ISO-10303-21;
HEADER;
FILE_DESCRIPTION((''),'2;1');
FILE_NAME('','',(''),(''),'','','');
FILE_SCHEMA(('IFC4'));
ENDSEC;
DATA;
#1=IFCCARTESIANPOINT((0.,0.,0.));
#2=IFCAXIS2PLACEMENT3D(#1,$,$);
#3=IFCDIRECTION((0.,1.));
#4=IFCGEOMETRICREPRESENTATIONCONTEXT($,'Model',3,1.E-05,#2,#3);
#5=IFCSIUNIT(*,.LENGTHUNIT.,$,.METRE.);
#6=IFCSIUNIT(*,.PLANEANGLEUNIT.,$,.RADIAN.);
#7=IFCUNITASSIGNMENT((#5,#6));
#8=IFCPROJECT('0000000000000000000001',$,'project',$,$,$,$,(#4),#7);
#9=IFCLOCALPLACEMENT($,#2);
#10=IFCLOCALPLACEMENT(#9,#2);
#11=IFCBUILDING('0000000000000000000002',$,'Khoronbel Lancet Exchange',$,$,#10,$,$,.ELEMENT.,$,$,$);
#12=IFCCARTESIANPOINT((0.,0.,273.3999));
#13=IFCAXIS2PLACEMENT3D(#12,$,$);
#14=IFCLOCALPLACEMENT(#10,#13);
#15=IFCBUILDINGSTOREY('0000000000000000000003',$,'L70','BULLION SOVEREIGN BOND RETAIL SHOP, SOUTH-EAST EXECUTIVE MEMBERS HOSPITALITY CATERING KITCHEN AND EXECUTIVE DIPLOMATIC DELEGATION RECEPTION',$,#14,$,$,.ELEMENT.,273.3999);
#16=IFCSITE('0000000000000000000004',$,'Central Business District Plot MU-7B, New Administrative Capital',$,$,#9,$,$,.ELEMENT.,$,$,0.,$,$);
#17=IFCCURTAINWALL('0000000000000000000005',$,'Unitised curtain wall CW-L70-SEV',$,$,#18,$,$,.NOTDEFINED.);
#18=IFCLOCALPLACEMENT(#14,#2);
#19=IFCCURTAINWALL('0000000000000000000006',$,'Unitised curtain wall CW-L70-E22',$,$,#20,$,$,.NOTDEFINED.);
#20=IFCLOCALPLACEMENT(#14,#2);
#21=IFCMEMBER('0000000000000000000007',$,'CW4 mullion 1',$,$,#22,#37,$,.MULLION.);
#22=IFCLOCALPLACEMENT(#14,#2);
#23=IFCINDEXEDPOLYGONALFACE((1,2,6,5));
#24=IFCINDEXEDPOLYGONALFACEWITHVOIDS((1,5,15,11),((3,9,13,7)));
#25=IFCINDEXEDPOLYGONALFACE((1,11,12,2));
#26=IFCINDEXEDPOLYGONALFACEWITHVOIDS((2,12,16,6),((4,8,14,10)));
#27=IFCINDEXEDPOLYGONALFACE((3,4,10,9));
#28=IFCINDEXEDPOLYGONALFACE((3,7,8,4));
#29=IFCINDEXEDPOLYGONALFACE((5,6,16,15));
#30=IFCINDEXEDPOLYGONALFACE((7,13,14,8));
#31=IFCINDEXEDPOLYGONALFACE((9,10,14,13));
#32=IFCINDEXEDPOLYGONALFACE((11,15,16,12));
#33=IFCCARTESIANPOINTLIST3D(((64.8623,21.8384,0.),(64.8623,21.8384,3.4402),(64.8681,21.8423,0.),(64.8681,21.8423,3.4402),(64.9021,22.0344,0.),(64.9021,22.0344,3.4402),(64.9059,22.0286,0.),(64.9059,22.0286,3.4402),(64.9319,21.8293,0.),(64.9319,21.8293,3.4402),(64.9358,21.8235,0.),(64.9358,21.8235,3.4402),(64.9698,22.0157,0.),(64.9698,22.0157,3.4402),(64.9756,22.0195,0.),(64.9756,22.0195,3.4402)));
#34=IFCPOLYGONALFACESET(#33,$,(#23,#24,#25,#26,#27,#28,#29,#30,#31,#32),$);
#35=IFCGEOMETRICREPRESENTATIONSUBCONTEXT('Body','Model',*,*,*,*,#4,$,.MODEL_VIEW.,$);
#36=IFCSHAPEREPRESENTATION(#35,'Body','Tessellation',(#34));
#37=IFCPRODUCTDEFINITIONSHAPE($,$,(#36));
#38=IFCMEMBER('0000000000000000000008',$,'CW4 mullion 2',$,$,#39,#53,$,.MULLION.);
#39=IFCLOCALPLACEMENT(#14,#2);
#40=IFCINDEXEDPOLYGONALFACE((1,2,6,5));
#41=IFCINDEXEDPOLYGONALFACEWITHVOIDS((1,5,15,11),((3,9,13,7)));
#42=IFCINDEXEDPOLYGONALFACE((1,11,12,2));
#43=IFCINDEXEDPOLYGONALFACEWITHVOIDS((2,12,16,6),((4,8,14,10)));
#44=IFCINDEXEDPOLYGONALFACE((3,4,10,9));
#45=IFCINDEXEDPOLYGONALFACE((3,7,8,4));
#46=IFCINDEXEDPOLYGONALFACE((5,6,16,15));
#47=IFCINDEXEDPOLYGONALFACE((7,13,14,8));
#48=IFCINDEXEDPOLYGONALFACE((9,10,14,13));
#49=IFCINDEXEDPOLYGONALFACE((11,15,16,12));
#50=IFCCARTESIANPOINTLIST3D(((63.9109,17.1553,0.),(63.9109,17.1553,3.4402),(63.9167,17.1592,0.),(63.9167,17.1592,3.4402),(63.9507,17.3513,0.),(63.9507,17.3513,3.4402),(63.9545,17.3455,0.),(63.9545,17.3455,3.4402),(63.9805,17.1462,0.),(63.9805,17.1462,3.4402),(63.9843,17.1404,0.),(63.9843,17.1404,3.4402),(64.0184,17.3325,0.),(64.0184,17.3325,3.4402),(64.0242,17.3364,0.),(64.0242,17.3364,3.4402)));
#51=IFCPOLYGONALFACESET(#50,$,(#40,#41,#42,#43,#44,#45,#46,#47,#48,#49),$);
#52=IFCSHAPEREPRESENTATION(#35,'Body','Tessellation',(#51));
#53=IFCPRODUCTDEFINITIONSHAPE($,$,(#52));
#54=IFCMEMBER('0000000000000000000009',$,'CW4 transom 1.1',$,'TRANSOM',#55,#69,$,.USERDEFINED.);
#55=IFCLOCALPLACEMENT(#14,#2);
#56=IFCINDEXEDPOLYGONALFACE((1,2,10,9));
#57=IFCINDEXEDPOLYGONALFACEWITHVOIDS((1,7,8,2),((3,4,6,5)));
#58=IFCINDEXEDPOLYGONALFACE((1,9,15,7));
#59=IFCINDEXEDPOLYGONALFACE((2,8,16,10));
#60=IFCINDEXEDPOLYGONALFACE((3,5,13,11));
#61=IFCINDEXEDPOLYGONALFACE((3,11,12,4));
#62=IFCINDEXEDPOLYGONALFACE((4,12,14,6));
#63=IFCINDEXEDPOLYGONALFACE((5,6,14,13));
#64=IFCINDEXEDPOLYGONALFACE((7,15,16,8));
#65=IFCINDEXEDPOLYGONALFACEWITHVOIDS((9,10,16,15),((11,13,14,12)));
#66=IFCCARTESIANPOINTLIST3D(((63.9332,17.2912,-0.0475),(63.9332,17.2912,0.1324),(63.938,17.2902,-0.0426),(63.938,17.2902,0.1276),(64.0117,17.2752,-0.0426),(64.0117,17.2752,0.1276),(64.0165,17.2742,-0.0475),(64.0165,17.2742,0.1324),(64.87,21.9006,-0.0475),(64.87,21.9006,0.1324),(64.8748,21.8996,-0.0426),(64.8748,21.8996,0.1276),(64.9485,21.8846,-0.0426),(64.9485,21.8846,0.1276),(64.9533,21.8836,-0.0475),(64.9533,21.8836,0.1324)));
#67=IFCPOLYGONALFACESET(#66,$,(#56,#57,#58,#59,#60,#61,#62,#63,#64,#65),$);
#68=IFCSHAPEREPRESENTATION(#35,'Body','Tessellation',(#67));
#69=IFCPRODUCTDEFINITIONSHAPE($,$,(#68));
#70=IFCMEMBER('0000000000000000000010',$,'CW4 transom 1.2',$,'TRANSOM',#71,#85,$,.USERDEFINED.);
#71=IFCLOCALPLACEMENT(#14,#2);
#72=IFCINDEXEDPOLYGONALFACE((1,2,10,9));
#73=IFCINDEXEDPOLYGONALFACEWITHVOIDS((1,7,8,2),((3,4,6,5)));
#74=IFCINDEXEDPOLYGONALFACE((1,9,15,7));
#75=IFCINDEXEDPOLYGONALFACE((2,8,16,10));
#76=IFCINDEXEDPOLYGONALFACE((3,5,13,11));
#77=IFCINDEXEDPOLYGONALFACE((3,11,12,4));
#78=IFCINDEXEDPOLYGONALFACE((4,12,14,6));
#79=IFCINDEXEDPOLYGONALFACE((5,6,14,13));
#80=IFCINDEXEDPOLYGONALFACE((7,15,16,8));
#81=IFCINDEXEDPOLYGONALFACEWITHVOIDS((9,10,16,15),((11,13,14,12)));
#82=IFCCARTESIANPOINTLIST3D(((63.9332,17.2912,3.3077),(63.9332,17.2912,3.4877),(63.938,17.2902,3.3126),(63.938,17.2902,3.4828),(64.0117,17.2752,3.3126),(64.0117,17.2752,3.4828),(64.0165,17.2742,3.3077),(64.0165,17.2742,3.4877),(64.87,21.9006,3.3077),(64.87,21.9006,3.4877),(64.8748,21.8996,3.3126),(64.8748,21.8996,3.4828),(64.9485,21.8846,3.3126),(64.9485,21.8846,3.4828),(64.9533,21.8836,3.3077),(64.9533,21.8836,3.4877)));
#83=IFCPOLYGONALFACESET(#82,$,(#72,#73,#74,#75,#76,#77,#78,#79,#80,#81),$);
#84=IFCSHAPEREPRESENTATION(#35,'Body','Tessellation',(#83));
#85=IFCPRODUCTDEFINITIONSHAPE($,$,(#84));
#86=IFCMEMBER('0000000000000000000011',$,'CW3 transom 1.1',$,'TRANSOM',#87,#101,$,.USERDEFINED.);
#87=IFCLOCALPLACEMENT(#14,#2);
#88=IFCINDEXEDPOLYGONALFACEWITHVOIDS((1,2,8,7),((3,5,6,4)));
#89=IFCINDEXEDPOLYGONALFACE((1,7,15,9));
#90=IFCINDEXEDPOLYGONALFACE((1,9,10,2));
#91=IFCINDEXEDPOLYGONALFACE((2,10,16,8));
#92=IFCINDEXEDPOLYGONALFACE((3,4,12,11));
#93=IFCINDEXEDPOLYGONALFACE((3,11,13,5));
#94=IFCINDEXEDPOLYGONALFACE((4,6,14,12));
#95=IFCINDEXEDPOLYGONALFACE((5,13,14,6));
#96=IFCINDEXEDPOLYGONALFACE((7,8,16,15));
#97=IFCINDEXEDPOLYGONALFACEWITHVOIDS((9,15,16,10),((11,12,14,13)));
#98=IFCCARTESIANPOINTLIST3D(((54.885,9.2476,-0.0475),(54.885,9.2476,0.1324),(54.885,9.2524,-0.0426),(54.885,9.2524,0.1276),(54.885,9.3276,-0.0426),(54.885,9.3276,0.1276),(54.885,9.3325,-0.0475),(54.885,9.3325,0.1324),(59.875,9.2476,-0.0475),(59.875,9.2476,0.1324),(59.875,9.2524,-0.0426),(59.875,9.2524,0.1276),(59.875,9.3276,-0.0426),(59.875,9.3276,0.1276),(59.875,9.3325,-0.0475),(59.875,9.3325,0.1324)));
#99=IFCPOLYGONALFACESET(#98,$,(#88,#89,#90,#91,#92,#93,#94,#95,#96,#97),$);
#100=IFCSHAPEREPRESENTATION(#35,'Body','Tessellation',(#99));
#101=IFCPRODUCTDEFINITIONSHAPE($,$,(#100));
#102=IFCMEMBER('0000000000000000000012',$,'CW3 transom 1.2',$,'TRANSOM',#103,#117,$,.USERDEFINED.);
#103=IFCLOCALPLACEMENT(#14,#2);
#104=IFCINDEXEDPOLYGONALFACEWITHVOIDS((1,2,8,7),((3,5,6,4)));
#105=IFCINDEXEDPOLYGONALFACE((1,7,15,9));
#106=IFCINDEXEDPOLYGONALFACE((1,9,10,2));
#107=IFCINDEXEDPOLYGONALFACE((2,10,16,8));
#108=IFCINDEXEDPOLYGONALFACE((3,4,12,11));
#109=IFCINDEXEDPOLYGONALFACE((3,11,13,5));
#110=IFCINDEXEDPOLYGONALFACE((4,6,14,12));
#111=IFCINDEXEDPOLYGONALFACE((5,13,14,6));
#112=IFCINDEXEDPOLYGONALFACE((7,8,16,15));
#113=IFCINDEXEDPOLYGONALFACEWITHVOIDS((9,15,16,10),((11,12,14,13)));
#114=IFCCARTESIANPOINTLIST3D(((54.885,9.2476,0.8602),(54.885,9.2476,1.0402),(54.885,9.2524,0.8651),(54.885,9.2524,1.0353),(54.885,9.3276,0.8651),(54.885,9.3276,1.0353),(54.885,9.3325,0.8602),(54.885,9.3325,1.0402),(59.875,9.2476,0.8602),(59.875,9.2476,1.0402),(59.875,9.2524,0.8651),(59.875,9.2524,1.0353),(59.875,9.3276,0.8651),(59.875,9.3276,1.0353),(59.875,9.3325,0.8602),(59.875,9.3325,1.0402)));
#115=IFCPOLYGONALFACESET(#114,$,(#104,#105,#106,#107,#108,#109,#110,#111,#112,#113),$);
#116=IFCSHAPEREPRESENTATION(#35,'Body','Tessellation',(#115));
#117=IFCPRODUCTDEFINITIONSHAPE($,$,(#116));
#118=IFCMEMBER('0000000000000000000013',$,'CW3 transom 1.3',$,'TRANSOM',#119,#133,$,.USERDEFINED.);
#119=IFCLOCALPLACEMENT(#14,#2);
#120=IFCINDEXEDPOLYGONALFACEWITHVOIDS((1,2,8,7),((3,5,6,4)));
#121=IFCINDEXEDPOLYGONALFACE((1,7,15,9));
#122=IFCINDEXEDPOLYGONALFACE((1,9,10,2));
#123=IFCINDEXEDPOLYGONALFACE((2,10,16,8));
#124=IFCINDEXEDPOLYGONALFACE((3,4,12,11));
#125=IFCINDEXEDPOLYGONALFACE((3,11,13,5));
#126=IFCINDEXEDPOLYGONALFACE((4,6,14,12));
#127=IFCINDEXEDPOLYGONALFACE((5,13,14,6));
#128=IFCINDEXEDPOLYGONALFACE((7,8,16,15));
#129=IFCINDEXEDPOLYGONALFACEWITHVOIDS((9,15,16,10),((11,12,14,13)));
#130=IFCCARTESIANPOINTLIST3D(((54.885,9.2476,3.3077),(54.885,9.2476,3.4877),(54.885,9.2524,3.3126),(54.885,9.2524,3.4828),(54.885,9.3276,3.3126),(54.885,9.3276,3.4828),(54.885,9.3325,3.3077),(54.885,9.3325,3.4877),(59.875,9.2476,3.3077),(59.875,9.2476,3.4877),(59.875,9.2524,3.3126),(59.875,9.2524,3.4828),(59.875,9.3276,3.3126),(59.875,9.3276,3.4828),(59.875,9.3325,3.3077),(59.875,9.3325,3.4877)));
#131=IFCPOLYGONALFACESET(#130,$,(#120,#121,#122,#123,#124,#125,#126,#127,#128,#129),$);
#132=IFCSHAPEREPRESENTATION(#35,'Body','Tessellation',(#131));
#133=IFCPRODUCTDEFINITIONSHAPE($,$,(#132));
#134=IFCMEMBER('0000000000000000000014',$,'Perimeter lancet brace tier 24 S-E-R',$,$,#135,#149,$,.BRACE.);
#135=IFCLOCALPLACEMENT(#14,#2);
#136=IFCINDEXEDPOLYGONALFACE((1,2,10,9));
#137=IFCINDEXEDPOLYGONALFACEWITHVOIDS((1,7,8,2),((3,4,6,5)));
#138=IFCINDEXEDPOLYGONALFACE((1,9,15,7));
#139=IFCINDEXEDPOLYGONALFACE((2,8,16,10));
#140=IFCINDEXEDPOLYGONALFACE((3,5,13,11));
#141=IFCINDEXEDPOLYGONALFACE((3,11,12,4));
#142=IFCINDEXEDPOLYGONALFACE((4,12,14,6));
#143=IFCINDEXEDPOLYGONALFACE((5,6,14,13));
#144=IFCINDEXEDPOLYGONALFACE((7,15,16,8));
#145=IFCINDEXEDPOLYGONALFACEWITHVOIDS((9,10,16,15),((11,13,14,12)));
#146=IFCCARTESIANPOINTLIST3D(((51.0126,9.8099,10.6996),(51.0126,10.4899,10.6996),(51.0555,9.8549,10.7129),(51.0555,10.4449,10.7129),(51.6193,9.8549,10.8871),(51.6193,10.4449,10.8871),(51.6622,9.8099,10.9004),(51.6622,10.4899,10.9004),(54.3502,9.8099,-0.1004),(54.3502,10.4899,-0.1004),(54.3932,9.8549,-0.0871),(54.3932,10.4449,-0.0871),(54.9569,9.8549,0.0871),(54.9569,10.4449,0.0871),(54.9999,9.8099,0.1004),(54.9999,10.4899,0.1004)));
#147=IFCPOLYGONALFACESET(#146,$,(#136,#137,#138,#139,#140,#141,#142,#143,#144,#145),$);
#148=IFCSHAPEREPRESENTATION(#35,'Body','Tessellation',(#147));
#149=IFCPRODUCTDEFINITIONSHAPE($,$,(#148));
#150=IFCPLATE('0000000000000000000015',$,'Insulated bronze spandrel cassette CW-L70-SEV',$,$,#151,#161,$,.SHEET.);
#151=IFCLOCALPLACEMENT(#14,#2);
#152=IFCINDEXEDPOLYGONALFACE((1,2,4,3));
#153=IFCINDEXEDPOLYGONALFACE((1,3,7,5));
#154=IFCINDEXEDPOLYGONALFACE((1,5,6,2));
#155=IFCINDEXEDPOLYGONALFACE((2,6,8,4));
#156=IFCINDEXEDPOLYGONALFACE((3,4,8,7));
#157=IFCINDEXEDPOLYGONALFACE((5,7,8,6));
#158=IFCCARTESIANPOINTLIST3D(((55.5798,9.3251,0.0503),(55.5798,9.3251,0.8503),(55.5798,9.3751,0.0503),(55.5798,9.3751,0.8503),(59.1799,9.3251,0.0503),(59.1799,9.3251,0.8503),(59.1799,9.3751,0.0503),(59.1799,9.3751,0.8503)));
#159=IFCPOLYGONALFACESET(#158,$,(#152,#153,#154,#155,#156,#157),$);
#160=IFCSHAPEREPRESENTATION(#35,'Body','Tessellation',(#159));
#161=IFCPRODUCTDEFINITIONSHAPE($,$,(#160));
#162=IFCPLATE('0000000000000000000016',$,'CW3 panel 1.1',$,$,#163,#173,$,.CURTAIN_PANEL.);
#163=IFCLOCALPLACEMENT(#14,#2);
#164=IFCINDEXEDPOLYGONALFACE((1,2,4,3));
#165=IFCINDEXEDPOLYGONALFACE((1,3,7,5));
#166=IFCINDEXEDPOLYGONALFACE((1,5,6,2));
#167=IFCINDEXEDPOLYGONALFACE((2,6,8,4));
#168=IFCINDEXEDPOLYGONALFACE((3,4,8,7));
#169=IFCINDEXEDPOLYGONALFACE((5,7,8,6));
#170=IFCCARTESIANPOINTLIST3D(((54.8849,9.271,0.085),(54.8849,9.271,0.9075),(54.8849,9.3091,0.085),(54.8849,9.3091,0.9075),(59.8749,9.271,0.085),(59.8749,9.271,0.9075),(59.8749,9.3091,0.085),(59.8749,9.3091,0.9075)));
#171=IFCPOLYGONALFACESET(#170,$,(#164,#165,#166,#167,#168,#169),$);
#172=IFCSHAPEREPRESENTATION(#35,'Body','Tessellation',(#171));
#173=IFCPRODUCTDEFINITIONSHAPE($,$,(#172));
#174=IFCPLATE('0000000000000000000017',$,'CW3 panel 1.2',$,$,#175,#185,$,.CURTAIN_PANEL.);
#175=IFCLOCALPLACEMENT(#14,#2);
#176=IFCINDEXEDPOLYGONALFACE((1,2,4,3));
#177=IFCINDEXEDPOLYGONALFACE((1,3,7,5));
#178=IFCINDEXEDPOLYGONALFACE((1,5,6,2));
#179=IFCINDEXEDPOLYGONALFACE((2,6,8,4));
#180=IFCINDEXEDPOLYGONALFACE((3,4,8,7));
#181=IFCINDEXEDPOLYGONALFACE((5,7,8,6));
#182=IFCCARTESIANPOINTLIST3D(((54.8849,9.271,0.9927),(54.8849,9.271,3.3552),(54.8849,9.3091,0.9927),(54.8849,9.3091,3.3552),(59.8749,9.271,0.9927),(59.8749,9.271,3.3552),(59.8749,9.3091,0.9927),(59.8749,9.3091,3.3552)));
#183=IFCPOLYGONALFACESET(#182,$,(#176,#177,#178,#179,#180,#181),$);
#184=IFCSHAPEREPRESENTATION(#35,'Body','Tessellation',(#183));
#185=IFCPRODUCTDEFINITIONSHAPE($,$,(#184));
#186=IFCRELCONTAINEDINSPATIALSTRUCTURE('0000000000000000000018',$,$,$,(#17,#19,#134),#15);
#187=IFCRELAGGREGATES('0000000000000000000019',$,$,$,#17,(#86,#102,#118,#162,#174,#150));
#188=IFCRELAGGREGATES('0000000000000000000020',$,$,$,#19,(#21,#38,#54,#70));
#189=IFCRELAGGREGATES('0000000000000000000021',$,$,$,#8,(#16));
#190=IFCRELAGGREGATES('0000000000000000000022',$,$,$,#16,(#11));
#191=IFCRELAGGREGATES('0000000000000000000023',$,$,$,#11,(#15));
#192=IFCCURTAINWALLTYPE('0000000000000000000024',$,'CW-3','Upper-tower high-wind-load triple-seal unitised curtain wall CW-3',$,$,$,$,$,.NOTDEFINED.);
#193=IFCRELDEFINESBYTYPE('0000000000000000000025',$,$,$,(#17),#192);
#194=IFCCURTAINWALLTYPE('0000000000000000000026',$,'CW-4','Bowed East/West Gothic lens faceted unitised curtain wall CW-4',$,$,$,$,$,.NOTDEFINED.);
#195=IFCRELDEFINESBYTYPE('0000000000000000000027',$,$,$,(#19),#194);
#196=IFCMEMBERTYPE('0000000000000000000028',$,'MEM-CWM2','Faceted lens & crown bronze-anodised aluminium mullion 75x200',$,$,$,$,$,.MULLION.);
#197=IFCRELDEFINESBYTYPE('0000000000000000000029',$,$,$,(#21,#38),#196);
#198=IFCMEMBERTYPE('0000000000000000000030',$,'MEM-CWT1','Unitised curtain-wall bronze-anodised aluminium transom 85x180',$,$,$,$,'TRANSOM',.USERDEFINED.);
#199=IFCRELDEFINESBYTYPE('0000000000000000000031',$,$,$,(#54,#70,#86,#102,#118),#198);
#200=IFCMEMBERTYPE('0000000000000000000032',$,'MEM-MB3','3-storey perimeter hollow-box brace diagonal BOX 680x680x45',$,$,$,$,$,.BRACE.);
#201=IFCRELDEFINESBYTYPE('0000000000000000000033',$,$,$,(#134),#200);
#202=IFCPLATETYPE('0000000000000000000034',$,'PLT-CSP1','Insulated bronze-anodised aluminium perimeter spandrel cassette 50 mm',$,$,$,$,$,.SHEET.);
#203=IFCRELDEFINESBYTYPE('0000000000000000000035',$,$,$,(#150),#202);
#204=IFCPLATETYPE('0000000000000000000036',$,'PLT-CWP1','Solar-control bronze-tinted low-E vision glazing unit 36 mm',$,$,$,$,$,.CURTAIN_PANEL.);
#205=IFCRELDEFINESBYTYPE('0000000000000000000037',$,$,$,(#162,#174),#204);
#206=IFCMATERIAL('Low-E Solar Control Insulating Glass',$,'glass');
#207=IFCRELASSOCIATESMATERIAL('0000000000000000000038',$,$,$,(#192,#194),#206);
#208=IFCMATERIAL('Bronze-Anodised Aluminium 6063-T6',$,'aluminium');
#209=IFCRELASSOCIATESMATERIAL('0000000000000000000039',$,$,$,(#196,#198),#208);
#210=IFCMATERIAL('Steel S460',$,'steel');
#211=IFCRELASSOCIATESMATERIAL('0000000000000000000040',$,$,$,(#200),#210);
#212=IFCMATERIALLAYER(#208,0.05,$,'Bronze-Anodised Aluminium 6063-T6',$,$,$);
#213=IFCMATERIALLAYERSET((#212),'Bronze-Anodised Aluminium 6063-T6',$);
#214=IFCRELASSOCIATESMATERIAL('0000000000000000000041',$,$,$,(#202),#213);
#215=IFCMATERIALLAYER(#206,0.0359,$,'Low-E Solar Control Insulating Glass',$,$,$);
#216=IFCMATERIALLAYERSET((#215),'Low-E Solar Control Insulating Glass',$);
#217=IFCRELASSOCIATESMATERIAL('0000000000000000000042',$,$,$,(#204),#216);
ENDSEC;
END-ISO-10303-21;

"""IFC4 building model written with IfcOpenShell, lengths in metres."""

from ifc_helpers import new_model, si_unit, direction, frame, origin, origin_2d, place, context, subcontext, project, spatial, rectangle, hollow_rectangle, extrude, material, layer, layer_set, material_profile, profile_set, type_object, element, aggregate, save


model = new_model("IFC4")

# Units and contexts
model_context = context("Model", 3, precision=1e-05, world=origin(), true_north=direction((0.0, 1.0)))
body_context = subcontext(model_context, "Body", "Model", "MODEL_VIEW")
ifc_project = project(units=[si_unit("LENGTHUNIT", "METRE"), si_unit("PLANEANGLEUNIT", "RADIAN")], contexts=[model_context])

# Site, building, storey
site_placement = place(None, origin())
site = spatial("IfcSite", under=ifc_project, at=site_placement, Name="Central Business District Plot MU-7B, New Administrative Capital", CompositionType="ELEMENT", RefElevation=0.0)
building_placement = place(site_placement, origin())
building = spatial("IfcBuilding", under=site, at=building_placement, Name="Khoronbel Lancet Exchange", CompositionType="ELEMENT")
storey_placement = place(building_placement, frame((0.0, 0.0, 273.3999)))
storey = spatial("IfcBuildingStorey", under=building, at=storey_placement, Name="L70", Description="BULLION SOVEREIGN BOND RETAIL SHOP, SOUTH-EAST EXECUTIVE MEMBERS HOSPITALITY CATERING KITCHEN AND EXECUTIVE DIPLOMATIC DELEGATION RECEPTION", CompositionType="ELEMENT", Elevation=273.3999)

# Shared definitions
ifc_material_1 = material(Name="Steel S460", Category="steel")

# Shared definitions
ifc_material_2 = material(Name="Low-E Solar Control Insulating Glass", Category="glass")
curtain_wall_type_1 = type_object("IfcCurtainWallType", Name="CW-3", Description="Upper-tower high-wind-load triple-seal unitised curtain wall CW-3", PredefinedType="NOTDEFINED", material=ifc_material_2)
ifc_material_3 = material(Name="Bronze-Anodised Aluminium 6063-T6", Category="aluminium")

# Curtain wall
curtain_wall_1_placement = place(storey_placement, origin())
curtain_wall_1 = element("IfcCurtainWall", 1, at=curtain_wall_1_placement, inside=storey, type_object=curtain_wall_type_1, Name="Unitised curtain wall CW-L70-SEV", PredefinedType="NOTDEFINED")

# Shared definitions
curtain_wall_type_2 = type_object("IfcCurtainWallType", Name="CW-4", Description="Bowed East/West Gothic lens faceted unitised curtain wall CW-4", PredefinedType="NOTDEFINED", material=ifc_material_2)
ifc_material_profile_1 = material_profile(ifc_material_3, hollow_rectangle(XDim=0.075, YDim=0.2, WallThickness=0.0049, at=origin_2d()), Name="ALU MULLION 75x200")
ifc_profile_set_1 = profile_set([ifc_material_profile_1], Name="Bronze-Anodised Aluminium 6063-T6")
member_type_1 = type_object("IfcMemberType", Name="MEM-CWM2", Description="Faceted lens & crown bronze-anodised aluminium mullion 75x200", PredefinedType="MULLION", material=ifc_profile_set_1)

# Curtain wall, members
curtain_wall_2_placement = place(storey_placement, origin())
curtain_wall_2 = element("IfcCurtainWall", 2, at=curtain_wall_2_placement, inside=storey, type_object=curtain_wall_type_2, Name="Unitised curtain wall CW-L70-E22", PredefinedType="NOTDEFINED")
member_1_placement = place(storey_placement, frame((64.9189, 21.929, 0.0), z_axis=(0.0, 0.0, 1.0), x_axis=(0.979974, -0.199126, 0.0)))
member_1 = element("IfcMember", 3, at=member_1_placement, type_object=member_type_1, Name="CW4 mullion 1", PredefinedType="MULLION", context=body_context, shape_type="SweptSolid", body=[
    extrude(hollow_rectangle(XDim=0.075, YDim=0.2, WallThickness=0.0049, at=origin_2d()), origin(), (0.0, 0.0, 1.0), 3.4402),
])
member_2_placement = place(storey_placement, frame((63.9675, 17.2458, 0.0), z_axis=(0.0, 0.0, 1.0), x_axis=(0.979974, -0.199126, 0.0)))
member_2 = element("IfcMember", 4, at=member_2_placement, type_object=member_type_1, Name="CW4 mullion 2", PredefinedType="MULLION", context=body_context, shape_type="SweptSolid", body=[
    extrude(hollow_rectangle(XDim=0.075, YDim=0.2, WallThickness=0.0049, at=origin_2d()), origin(), (0.0, 0.0, 1.0), 3.4402),
])
ifc_material_profile_2 = material_profile(ifc_material_3, hollow_rectangle(XDim=0.085, YDim=0.1799, WallThickness=0.0049, at=origin_2d()), Name="ALU TRANSOM 85x180")
ifc_profile_set_2 = profile_set([ifc_material_profile_2], Name="Bronze-Anodised Aluminium 6063-T6")
member_type_2 = type_object("IfcMemberType", Name="MEM-CWT1", Description="Unitised curtain-wall bronze-anodised aluminium transom 85x180", ElementType="TRANSOM", PredefinedType="USERDEFINED", material=ifc_profile_set_2)
member_3_placement = place(storey_placement, frame((64.9116, 21.8921, 0.0425), z_axis=(-0.19916, -0.979967, 0.0), x_axis=(0.979967, -0.19916, 0.0)))
member_3 = element("IfcMember", 5, at=member_3_placement, type_object=member_type_2, Name="CW4 transom 1.1", ObjectType="TRANSOM", PredefinedType="USERDEFINED", context=body_context, shape_type="SweptSolid", body=[
    extrude(hollow_rectangle(XDim=0.085, YDim=0.1799, WallThickness=0.0049, at=origin_2d()), origin(), (0.0, 0.0, 1.0), 4.7036),
])
member_4_placement = place(storey_placement, frame((64.9116, 21.8921, 3.3977), z_axis=(-0.19916, -0.979967, 0.0), x_axis=(0.979967, -0.19916, 0.0)))
member_4 = element("IfcMember", 6, at=member_4_placement, type_object=member_type_2, Name="CW4 transom 1.2", ObjectType="TRANSOM", PredefinedType="USERDEFINED", context=body_context, shape_type="SweptSolid", body=[
    extrude(hollow_rectangle(XDim=0.085, YDim=0.1799, WallThickness=0.0049, at=origin_2d()), origin(), (0.0, 0.0, 1.0), 4.7036),
])

# Members
member_5_placement = place(storey_placement, frame((54.885, 9.29, 0.0425), z_axis=(1.0, 0.0, 0.0), x_axis=(0.0, 1.0, 0.0)))
member_5 = element("IfcMember", 7, at=member_5_placement, type_object=member_type_2, Name="CW3 transom 1.1", ObjectType="TRANSOM", PredefinedType="USERDEFINED", context=body_context, shape_type="SweptSolid", body=[
    extrude(hollow_rectangle(XDim=0.085, YDim=0.1799, WallThickness=0.0049, at=origin_2d()), origin(), (0.0, 0.0, 1.0), 4.99),
])
member_6_placement = place(storey_placement, frame((54.885, 9.29, 0.9502), z_axis=(1.0, 0.0, 0.0), x_axis=(0.0, 1.0, 0.0)))
member_6 = element("IfcMember", 8, at=member_6_placement, type_object=member_type_2, Name="CW3 transom 1.2", ObjectType="TRANSOM", PredefinedType="USERDEFINED", context=body_context, shape_type="SweptSolid", body=[
    extrude(hollow_rectangle(XDim=0.085, YDim=0.1799, WallThickness=0.0049, at=origin_2d()), origin(), (0.0, 0.0, 1.0), 4.99),
])
member_7_placement = place(storey_placement, frame((54.885, 9.29, 3.3977), z_axis=(1.0, 0.0, 0.0), x_axis=(0.0, 1.0, 0.0)))
member_7 = element("IfcMember", 9, at=member_7_placement, type_object=member_type_2, Name="CW3 transom 1.3", ObjectType="TRANSOM", PredefinedType="USERDEFINED", context=body_context, shape_type="SweptSolid", body=[
    extrude(hollow_rectangle(XDim=0.085, YDim=0.1799, WallThickness=0.0049, at=origin_2d()), origin(), (0.0, 0.0, 1.0), 4.99),
])
ifc_material_profile_3 = material_profile(ifc_material_1, hollow_rectangle(XDim=0.6799, YDim=0.6799, WallThickness=0.0449, at=origin_2d()), Name="BOX 680x680x45")
ifc_profile_set_3 = profile_set([ifc_material_profile_3], Name="Steel S460")
member_type_3 = type_object("IfcMemberType", Name="MEM-MB3", Description="3-storey perimeter hollow-box brace diagonal BOX 680x680x45", PredefinedType="BRACE", material=ifc_profile_set_3)
member_8_placement = place(storey_placement, frame((54.675, 10.1499, 0.0), z_axis=(-0.295262, 0.0, 0.955416), x_axis=(0.0, -1.0, 0.0)))
element("IfcMember", 10, at=member_8_placement, inside=storey, type_object=member_type_3, Name="Perimeter lancet brace tier 24 S-E-R", PredefinedType="BRACE", context=body_context, shape_type="SweptSolid", body=[
    extrude(hollow_rectangle(XDim=0.6799, YDim=0.6799, WallThickness=0.0449, at=origin_2d()), origin(), (0.0, 0.0, 1.0), 11.304),
])

# Plates
ifc_layer_1 = layer(ifc_material_3, 0.05, Name="Bronze-Anodised Aluminium 6063-T6")
ifc_layer_set_1 = layer_set([ifc_layer_1], Name="Bronze-Anodised Aluminium 6063-T6")
plate_type_1 = type_object("IfcPlateType", Name="PLT-CSP1", Description="Insulated bronze-anodised aluminium perimeter spandrel cassette 50 mm", PredefinedType="SHEET", material=ifc_layer_set_1)
plate_1_placement = place(storey_placement, frame((57.3799, 9.3501, 0.0503), z_axis=(0.0, 0.0, 1.0), x_axis=(1.0, 0.0, 0.0)))
plate_1 = element("IfcPlate", 11, at=plate_1_placement, type_object=plate_type_1, Name="Insulated bronze spandrel cassette CW-L70-SEV", PredefinedType="SHEET", context=body_context, shape_type="SweptSolid", body=[
    extrude(rectangle(XDim=3.6001, YDim=0.05, at=origin_2d()), origin(), (0.0, 0.0, 1.0), 0.8),
])
ifc_layer_2 = layer(ifc_material_2, 0.0359, Name="Low-E Solar Control Insulating Glass")
ifc_layer_set_2 = layer_set([ifc_layer_2], Name="Low-E Solar Control Insulating Glass")
plate_type_2 = type_object("IfcPlateType", Name="PLT-CWP1", Description="Solar-control bronze-tinted low-E vision glazing unit 36 mm", PredefinedType="CURTAIN_PANEL", material=ifc_layer_set_2)
plate_2_placement = place(storey_placement, frame((57.3799, 9.29, 0.085), z_axis=(0.0, 0.0, 1.0), x_axis=(1.0, 0.0, 0.0)))
plate_2 = element("IfcPlate", 12, at=plate_2_placement, type_object=plate_type_2, Name="CW3 panel 1.1", PredefinedType="CURTAIN_PANEL", context=body_context, shape_type="SweptSolid", body=[
    extrude(rectangle(XDim=4.99, YDim=0.0381, at=origin_2d()), origin(), (0.0, 0.0, 1.0), 0.8225),
])
plate_3_placement = place(storey_placement, frame((57.3799, 9.29, 0.9927), z_axis=(0.0, 0.0, 1.0), x_axis=(1.0, 0.0, 0.0)))
plate_3 = element("IfcPlate", 13, at=plate_3_placement, type_object=plate_type_2, Name="CW3 panel 1.2", PredefinedType="CURTAIN_PANEL", context=body_context, shape_type="SweptSolid", body=[
    extrude(rectangle(XDim=4.99, YDim=0.0381, at=origin_2d()), origin(), (0.0, 0.0, 1.0), 2.3625),
])
aggregate(curtain_wall_1, [member_5, member_6, member_7, plate_2, plate_3, plate_1])
aggregate(curtain_wall_2, [member_1, member_2, member_3, member_4])

save(model, "model.ifc")
